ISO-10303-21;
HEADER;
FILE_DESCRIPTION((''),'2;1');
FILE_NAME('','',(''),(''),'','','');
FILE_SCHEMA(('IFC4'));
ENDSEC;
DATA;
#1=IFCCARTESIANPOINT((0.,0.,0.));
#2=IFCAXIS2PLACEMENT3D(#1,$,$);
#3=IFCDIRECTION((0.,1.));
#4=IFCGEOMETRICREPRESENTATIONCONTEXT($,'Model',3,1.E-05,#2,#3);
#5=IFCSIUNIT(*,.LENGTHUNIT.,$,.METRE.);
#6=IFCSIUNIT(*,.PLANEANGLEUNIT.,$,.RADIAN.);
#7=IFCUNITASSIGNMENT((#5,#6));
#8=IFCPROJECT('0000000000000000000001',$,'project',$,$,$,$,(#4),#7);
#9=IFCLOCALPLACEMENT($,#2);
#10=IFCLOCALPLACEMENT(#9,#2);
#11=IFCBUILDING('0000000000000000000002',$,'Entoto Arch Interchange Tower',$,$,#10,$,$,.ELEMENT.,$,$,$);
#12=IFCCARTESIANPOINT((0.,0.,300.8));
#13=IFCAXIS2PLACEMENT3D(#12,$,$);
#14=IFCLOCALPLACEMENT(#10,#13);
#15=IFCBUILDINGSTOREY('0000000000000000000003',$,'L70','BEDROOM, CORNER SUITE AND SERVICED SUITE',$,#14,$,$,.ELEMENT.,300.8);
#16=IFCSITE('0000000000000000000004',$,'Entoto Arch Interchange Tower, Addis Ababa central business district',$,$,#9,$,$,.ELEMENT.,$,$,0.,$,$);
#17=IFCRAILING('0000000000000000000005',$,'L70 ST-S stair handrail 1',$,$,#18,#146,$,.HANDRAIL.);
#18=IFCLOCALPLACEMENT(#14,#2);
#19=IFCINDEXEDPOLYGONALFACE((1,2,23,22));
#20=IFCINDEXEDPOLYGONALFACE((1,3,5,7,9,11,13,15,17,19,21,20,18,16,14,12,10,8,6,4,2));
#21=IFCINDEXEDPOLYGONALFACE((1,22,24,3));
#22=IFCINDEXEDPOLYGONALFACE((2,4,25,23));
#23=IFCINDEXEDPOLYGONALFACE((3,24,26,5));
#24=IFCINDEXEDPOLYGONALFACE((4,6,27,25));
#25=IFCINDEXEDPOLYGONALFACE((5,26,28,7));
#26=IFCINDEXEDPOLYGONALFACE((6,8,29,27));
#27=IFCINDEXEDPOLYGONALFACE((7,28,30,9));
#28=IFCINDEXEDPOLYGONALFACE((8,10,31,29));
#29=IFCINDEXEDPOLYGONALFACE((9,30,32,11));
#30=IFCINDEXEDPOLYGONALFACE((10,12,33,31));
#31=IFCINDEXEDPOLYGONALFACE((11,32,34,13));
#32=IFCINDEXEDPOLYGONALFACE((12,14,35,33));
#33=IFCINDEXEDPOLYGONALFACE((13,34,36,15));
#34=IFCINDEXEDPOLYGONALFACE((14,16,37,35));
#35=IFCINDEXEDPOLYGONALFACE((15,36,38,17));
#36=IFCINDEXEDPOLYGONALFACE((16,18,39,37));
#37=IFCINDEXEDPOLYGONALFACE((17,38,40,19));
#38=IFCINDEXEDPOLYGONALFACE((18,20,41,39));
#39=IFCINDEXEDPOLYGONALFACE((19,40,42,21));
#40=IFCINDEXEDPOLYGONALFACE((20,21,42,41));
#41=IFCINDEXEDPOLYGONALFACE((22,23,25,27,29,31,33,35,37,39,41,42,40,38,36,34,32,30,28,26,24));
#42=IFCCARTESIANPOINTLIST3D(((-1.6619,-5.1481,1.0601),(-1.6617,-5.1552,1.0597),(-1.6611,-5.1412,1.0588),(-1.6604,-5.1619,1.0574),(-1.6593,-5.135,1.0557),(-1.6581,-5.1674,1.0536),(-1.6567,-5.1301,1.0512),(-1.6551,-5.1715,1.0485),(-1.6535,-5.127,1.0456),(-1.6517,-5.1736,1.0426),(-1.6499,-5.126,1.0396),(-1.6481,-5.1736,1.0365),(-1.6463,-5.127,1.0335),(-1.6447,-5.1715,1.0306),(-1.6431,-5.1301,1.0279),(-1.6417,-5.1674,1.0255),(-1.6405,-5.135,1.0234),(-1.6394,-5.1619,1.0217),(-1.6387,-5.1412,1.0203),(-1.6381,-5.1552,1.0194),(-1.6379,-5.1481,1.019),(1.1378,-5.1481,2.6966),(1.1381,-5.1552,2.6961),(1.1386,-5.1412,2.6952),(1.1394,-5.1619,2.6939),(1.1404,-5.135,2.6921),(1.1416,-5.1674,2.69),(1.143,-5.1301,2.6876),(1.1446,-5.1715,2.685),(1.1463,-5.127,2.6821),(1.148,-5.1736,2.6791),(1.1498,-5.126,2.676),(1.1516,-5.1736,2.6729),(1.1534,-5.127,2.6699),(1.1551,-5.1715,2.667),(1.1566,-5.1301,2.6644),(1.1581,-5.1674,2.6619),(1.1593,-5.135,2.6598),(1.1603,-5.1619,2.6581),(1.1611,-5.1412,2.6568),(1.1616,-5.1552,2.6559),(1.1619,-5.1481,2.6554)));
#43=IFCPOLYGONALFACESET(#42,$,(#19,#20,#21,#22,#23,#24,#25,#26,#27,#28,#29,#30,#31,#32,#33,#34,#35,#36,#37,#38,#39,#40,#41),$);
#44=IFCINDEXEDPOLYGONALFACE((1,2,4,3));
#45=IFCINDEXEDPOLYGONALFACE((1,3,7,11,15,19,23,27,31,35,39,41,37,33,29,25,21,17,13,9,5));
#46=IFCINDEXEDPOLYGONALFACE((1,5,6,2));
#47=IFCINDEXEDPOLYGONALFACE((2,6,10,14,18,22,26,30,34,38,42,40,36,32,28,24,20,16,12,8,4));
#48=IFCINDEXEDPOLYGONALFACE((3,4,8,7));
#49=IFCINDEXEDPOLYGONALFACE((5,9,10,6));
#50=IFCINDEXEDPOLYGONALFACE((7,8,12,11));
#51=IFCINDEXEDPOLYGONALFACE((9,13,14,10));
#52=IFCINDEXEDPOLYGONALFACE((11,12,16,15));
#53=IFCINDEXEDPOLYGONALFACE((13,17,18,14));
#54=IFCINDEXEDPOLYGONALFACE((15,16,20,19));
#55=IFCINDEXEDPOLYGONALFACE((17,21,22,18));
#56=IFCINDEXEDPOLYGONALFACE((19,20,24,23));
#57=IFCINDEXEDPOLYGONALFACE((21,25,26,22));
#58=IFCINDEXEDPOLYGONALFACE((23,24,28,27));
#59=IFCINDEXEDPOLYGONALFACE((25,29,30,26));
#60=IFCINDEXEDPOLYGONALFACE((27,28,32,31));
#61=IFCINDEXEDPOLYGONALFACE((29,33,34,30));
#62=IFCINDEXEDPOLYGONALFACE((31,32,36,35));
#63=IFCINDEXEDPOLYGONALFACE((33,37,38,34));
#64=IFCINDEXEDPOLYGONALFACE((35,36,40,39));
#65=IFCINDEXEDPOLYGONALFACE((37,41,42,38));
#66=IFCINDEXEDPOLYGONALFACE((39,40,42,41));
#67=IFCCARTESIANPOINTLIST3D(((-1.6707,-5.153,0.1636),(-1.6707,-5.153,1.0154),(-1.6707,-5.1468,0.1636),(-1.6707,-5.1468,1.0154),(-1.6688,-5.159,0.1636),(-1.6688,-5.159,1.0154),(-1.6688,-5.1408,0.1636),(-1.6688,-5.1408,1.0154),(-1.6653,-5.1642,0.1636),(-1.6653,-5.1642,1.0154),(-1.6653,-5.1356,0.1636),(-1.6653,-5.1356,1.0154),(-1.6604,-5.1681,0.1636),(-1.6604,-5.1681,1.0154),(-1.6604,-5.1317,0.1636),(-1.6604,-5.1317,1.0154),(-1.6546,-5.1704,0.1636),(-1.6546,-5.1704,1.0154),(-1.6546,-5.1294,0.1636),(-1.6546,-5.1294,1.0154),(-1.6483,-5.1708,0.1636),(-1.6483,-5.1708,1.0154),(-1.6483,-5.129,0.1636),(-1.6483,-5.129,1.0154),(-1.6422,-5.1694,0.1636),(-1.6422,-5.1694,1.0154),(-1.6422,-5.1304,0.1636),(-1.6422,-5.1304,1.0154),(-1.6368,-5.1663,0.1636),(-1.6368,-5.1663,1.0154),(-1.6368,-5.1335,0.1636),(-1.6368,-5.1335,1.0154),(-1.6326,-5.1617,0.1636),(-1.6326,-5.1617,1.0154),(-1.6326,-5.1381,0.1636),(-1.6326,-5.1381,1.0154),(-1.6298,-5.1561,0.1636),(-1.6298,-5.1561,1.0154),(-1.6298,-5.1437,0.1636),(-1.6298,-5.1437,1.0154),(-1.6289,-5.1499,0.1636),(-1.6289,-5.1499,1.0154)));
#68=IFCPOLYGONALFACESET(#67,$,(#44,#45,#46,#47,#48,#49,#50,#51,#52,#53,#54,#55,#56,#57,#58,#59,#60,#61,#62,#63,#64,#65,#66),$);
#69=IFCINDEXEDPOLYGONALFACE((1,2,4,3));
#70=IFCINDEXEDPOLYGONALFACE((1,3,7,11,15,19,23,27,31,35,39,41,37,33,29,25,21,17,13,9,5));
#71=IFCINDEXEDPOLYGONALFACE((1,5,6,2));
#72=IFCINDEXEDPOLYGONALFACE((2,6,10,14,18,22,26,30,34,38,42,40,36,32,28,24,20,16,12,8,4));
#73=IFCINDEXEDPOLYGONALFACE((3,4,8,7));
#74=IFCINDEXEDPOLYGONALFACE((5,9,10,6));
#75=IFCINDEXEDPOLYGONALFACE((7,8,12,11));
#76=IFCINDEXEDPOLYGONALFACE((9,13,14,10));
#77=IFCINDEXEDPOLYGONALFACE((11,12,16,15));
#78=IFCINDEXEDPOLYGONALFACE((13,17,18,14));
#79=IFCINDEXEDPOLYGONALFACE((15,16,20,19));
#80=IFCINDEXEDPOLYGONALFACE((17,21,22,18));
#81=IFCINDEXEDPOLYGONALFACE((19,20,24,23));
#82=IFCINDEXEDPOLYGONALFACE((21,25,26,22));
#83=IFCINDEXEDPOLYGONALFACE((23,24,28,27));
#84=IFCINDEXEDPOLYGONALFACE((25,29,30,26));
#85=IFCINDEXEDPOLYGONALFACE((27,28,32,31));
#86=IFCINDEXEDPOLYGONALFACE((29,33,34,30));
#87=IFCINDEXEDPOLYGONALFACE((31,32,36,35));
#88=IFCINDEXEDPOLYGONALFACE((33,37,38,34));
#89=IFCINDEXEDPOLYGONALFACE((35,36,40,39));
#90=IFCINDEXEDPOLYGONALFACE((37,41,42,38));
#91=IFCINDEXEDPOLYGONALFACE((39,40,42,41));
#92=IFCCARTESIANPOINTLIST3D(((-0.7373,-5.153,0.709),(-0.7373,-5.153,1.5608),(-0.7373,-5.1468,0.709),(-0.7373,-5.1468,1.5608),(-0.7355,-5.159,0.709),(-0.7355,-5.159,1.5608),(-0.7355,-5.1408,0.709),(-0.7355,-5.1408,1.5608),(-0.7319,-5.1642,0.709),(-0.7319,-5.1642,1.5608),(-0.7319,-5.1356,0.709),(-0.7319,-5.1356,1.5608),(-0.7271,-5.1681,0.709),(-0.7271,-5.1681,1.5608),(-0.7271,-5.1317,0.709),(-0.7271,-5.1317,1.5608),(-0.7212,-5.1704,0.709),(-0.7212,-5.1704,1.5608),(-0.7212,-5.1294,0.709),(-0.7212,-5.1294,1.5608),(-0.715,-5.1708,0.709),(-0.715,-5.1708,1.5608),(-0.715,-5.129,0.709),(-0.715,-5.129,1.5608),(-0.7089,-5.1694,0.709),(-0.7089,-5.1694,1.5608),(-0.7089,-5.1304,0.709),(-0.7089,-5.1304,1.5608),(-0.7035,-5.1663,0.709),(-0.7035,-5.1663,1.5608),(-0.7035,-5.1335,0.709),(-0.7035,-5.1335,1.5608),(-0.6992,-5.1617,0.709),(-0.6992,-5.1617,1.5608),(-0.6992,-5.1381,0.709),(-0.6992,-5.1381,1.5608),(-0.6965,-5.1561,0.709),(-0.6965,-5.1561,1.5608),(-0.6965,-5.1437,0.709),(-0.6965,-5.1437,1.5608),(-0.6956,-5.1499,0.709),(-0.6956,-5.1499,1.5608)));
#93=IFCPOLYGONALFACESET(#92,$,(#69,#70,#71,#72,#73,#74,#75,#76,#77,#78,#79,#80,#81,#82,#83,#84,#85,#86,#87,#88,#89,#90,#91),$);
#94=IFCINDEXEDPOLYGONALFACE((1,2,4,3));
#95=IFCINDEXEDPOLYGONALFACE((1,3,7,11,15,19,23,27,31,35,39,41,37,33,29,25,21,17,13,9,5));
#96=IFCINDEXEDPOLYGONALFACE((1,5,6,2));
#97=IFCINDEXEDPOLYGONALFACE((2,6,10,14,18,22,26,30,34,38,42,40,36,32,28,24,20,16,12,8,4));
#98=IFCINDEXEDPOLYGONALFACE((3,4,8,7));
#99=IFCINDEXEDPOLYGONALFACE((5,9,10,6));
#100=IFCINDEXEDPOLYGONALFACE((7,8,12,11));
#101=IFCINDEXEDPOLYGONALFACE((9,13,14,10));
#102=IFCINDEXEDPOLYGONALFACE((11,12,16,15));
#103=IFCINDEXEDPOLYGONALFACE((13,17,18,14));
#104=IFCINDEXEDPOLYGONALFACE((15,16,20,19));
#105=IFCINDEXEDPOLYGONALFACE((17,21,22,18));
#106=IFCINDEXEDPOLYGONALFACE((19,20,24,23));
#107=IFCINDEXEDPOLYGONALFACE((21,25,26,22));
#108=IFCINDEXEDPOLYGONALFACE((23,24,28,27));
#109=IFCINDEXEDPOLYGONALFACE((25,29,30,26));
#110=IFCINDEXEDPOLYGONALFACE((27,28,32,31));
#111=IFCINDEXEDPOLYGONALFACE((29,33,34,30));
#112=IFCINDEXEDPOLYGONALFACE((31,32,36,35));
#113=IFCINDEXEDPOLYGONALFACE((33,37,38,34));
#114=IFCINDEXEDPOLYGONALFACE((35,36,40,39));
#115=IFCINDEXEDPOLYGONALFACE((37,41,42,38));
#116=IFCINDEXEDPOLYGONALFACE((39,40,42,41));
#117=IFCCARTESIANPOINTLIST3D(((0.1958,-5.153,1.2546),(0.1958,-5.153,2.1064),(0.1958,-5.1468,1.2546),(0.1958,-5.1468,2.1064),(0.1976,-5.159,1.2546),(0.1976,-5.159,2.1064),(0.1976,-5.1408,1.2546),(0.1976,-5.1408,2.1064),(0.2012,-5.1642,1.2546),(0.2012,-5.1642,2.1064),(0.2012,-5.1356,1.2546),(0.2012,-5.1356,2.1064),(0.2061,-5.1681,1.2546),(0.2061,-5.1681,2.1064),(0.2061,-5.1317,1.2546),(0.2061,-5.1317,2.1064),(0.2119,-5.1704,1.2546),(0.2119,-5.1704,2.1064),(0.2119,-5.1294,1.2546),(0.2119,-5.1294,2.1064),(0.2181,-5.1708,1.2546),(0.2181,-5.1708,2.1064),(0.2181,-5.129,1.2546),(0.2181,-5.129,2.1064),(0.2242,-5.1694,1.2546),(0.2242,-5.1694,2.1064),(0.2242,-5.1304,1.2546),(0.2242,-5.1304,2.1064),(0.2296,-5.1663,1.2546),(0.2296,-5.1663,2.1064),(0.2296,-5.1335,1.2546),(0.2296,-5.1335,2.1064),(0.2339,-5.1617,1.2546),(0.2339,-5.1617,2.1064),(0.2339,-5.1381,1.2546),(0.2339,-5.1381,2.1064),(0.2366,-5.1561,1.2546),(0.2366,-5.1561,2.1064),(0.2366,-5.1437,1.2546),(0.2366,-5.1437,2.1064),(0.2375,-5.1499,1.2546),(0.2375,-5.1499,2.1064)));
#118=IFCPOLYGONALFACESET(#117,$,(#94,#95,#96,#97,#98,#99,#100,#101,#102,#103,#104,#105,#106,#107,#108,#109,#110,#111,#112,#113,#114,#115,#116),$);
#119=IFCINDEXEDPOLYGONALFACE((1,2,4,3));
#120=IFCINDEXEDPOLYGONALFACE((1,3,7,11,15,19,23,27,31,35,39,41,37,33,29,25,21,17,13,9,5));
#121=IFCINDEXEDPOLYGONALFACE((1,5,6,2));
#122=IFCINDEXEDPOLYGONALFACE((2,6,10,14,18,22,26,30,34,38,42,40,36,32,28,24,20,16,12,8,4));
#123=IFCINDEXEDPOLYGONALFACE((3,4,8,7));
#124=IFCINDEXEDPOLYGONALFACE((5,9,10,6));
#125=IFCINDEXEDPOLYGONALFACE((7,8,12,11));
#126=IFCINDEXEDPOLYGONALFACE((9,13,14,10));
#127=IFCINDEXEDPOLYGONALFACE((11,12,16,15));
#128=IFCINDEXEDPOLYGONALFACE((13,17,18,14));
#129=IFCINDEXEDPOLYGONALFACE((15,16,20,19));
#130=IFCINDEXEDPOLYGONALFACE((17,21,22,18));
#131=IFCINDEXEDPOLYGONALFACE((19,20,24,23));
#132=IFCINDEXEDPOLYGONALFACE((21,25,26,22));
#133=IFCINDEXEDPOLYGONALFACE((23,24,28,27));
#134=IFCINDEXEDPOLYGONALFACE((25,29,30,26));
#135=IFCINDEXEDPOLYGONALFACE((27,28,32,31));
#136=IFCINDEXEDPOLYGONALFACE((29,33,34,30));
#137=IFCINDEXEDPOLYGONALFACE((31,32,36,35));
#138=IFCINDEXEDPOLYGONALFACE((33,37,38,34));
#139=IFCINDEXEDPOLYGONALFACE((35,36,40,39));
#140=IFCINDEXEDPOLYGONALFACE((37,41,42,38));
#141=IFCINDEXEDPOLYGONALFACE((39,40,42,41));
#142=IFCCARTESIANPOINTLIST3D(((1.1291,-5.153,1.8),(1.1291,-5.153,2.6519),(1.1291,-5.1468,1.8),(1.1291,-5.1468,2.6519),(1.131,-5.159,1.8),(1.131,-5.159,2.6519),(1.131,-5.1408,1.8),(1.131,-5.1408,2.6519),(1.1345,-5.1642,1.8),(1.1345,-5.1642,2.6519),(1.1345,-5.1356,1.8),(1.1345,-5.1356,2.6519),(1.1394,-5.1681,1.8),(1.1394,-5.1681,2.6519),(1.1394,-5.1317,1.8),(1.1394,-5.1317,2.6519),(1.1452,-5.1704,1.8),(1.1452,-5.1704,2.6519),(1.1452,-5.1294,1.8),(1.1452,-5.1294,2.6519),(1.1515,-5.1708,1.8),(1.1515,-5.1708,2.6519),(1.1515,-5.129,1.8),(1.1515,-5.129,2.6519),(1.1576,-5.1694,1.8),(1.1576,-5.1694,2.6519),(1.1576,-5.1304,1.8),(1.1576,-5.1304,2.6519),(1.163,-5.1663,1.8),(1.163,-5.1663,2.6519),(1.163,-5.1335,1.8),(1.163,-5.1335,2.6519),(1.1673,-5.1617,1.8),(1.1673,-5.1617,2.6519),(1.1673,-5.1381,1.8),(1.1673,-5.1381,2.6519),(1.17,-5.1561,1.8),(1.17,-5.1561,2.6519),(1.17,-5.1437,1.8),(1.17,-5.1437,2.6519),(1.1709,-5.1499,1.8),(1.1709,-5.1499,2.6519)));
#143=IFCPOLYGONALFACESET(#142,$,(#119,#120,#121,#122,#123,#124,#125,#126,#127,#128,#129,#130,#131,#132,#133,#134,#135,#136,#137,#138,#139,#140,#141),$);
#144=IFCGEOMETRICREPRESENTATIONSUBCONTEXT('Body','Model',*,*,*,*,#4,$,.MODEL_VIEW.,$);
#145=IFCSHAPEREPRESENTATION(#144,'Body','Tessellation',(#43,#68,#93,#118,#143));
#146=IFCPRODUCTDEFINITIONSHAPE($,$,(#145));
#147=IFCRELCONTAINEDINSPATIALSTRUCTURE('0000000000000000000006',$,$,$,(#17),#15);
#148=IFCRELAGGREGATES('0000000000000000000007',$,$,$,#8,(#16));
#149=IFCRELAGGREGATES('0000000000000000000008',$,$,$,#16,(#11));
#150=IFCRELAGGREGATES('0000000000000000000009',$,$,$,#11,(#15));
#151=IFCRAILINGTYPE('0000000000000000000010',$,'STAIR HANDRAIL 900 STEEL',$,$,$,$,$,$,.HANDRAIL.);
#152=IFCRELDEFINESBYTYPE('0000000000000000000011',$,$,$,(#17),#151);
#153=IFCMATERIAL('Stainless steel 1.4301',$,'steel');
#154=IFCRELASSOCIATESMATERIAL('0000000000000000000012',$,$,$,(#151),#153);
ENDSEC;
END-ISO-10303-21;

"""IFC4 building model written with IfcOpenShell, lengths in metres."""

from ifc_helpers import new_model, si_unit, direction, frame, origin, origin_2d, place, context, subcontext, project, spatial, circle, extrude, material, type_object, element, save


model = new_model("IFC4")

# Units and contexts
model_context = context("Model", 3, precision=1e-05, world=origin(), true_north=direction((0.0, 1.0)))
body_context = subcontext(model_context, "Body", "Model", "MODEL_VIEW")
ifc_project = project(units=[si_unit("LENGTHUNIT", "METRE"), si_unit("PLANEANGLEUNIT", "RADIAN")], contexts=[model_context])

# Site, building, storey
site_placement = place(None, origin())
site = spatial("IfcSite", under=ifc_project, at=site_placement, Name="Entoto Arch Interchange Tower, Addis Ababa central business district", CompositionType="ELEMENT", RefElevation=0.0)
building_placement = place(site_placement, origin())
building = spatial("IfcBuilding", under=site, at=building_placement, Name="Entoto Arch Interchange Tower", CompositionType="ELEMENT")
storey_placement = place(building_placement, frame((0.0, 0.0, 300.8)))
storey = spatial("IfcBuildingStorey", under=building, at=storey_placement, Name="L70", Description="BEDROOM, CORNER SUITE AND SERVICED SUITE", CompositionType="ELEMENT", Elevation=300.8)

# Railing
ifc_material_1 = material(Name="Stainless steel 1.4301", Category="steel")
railing_type_1 = type_object("IfcRailingType", Name="STAIR HANDRAIL 900 STEEL", PredefinedType="HANDRAIL", material=ifc_material_1)
railing_1_placement = place(storey_placement, frame((-1.6499, -5.1499, 0.1636)))
element("IfcRailing", 1, at=railing_1_placement, inside=storey, type_object=railing_type_1, Name="L70 ST-S stair handrail 1", PredefinedType="HANDRAIL", context=body_context, shape_type="SweptSolid", body=[
    extrude(circle(Radius=0.0239, at=origin_2d()), frame((0.0, 0.0, 0.876), z_axis=(0.863342, 0.0, 0.50462), x_axis=(0.0, 1.0, 0.0)), (0.0, 0.0, 1.0), 3.2429),
    extrude(circle(Radius=0.021, at=origin_2d()), origin(), (0.0, 0.0, 1.0), 0.8518),
    extrude(circle(Radius=0.021, at=origin_2d()), frame((0.9333, 0.0, 0.5454)), (0.0, 0.0, 1.0), 0.8518),
    extrude(circle(Radius=0.021, at=origin_2d()), frame((1.8665, 0.0, 1.0911)), (0.0, 0.0, 1.0), 0.8518),
    extrude(circle(Radius=0.021, at=origin_2d()), frame((2.7998, 0.0, 1.6365)), (0.0, 0.0, 1.0), 0.8518),
])

save(model, "model.ifc")
